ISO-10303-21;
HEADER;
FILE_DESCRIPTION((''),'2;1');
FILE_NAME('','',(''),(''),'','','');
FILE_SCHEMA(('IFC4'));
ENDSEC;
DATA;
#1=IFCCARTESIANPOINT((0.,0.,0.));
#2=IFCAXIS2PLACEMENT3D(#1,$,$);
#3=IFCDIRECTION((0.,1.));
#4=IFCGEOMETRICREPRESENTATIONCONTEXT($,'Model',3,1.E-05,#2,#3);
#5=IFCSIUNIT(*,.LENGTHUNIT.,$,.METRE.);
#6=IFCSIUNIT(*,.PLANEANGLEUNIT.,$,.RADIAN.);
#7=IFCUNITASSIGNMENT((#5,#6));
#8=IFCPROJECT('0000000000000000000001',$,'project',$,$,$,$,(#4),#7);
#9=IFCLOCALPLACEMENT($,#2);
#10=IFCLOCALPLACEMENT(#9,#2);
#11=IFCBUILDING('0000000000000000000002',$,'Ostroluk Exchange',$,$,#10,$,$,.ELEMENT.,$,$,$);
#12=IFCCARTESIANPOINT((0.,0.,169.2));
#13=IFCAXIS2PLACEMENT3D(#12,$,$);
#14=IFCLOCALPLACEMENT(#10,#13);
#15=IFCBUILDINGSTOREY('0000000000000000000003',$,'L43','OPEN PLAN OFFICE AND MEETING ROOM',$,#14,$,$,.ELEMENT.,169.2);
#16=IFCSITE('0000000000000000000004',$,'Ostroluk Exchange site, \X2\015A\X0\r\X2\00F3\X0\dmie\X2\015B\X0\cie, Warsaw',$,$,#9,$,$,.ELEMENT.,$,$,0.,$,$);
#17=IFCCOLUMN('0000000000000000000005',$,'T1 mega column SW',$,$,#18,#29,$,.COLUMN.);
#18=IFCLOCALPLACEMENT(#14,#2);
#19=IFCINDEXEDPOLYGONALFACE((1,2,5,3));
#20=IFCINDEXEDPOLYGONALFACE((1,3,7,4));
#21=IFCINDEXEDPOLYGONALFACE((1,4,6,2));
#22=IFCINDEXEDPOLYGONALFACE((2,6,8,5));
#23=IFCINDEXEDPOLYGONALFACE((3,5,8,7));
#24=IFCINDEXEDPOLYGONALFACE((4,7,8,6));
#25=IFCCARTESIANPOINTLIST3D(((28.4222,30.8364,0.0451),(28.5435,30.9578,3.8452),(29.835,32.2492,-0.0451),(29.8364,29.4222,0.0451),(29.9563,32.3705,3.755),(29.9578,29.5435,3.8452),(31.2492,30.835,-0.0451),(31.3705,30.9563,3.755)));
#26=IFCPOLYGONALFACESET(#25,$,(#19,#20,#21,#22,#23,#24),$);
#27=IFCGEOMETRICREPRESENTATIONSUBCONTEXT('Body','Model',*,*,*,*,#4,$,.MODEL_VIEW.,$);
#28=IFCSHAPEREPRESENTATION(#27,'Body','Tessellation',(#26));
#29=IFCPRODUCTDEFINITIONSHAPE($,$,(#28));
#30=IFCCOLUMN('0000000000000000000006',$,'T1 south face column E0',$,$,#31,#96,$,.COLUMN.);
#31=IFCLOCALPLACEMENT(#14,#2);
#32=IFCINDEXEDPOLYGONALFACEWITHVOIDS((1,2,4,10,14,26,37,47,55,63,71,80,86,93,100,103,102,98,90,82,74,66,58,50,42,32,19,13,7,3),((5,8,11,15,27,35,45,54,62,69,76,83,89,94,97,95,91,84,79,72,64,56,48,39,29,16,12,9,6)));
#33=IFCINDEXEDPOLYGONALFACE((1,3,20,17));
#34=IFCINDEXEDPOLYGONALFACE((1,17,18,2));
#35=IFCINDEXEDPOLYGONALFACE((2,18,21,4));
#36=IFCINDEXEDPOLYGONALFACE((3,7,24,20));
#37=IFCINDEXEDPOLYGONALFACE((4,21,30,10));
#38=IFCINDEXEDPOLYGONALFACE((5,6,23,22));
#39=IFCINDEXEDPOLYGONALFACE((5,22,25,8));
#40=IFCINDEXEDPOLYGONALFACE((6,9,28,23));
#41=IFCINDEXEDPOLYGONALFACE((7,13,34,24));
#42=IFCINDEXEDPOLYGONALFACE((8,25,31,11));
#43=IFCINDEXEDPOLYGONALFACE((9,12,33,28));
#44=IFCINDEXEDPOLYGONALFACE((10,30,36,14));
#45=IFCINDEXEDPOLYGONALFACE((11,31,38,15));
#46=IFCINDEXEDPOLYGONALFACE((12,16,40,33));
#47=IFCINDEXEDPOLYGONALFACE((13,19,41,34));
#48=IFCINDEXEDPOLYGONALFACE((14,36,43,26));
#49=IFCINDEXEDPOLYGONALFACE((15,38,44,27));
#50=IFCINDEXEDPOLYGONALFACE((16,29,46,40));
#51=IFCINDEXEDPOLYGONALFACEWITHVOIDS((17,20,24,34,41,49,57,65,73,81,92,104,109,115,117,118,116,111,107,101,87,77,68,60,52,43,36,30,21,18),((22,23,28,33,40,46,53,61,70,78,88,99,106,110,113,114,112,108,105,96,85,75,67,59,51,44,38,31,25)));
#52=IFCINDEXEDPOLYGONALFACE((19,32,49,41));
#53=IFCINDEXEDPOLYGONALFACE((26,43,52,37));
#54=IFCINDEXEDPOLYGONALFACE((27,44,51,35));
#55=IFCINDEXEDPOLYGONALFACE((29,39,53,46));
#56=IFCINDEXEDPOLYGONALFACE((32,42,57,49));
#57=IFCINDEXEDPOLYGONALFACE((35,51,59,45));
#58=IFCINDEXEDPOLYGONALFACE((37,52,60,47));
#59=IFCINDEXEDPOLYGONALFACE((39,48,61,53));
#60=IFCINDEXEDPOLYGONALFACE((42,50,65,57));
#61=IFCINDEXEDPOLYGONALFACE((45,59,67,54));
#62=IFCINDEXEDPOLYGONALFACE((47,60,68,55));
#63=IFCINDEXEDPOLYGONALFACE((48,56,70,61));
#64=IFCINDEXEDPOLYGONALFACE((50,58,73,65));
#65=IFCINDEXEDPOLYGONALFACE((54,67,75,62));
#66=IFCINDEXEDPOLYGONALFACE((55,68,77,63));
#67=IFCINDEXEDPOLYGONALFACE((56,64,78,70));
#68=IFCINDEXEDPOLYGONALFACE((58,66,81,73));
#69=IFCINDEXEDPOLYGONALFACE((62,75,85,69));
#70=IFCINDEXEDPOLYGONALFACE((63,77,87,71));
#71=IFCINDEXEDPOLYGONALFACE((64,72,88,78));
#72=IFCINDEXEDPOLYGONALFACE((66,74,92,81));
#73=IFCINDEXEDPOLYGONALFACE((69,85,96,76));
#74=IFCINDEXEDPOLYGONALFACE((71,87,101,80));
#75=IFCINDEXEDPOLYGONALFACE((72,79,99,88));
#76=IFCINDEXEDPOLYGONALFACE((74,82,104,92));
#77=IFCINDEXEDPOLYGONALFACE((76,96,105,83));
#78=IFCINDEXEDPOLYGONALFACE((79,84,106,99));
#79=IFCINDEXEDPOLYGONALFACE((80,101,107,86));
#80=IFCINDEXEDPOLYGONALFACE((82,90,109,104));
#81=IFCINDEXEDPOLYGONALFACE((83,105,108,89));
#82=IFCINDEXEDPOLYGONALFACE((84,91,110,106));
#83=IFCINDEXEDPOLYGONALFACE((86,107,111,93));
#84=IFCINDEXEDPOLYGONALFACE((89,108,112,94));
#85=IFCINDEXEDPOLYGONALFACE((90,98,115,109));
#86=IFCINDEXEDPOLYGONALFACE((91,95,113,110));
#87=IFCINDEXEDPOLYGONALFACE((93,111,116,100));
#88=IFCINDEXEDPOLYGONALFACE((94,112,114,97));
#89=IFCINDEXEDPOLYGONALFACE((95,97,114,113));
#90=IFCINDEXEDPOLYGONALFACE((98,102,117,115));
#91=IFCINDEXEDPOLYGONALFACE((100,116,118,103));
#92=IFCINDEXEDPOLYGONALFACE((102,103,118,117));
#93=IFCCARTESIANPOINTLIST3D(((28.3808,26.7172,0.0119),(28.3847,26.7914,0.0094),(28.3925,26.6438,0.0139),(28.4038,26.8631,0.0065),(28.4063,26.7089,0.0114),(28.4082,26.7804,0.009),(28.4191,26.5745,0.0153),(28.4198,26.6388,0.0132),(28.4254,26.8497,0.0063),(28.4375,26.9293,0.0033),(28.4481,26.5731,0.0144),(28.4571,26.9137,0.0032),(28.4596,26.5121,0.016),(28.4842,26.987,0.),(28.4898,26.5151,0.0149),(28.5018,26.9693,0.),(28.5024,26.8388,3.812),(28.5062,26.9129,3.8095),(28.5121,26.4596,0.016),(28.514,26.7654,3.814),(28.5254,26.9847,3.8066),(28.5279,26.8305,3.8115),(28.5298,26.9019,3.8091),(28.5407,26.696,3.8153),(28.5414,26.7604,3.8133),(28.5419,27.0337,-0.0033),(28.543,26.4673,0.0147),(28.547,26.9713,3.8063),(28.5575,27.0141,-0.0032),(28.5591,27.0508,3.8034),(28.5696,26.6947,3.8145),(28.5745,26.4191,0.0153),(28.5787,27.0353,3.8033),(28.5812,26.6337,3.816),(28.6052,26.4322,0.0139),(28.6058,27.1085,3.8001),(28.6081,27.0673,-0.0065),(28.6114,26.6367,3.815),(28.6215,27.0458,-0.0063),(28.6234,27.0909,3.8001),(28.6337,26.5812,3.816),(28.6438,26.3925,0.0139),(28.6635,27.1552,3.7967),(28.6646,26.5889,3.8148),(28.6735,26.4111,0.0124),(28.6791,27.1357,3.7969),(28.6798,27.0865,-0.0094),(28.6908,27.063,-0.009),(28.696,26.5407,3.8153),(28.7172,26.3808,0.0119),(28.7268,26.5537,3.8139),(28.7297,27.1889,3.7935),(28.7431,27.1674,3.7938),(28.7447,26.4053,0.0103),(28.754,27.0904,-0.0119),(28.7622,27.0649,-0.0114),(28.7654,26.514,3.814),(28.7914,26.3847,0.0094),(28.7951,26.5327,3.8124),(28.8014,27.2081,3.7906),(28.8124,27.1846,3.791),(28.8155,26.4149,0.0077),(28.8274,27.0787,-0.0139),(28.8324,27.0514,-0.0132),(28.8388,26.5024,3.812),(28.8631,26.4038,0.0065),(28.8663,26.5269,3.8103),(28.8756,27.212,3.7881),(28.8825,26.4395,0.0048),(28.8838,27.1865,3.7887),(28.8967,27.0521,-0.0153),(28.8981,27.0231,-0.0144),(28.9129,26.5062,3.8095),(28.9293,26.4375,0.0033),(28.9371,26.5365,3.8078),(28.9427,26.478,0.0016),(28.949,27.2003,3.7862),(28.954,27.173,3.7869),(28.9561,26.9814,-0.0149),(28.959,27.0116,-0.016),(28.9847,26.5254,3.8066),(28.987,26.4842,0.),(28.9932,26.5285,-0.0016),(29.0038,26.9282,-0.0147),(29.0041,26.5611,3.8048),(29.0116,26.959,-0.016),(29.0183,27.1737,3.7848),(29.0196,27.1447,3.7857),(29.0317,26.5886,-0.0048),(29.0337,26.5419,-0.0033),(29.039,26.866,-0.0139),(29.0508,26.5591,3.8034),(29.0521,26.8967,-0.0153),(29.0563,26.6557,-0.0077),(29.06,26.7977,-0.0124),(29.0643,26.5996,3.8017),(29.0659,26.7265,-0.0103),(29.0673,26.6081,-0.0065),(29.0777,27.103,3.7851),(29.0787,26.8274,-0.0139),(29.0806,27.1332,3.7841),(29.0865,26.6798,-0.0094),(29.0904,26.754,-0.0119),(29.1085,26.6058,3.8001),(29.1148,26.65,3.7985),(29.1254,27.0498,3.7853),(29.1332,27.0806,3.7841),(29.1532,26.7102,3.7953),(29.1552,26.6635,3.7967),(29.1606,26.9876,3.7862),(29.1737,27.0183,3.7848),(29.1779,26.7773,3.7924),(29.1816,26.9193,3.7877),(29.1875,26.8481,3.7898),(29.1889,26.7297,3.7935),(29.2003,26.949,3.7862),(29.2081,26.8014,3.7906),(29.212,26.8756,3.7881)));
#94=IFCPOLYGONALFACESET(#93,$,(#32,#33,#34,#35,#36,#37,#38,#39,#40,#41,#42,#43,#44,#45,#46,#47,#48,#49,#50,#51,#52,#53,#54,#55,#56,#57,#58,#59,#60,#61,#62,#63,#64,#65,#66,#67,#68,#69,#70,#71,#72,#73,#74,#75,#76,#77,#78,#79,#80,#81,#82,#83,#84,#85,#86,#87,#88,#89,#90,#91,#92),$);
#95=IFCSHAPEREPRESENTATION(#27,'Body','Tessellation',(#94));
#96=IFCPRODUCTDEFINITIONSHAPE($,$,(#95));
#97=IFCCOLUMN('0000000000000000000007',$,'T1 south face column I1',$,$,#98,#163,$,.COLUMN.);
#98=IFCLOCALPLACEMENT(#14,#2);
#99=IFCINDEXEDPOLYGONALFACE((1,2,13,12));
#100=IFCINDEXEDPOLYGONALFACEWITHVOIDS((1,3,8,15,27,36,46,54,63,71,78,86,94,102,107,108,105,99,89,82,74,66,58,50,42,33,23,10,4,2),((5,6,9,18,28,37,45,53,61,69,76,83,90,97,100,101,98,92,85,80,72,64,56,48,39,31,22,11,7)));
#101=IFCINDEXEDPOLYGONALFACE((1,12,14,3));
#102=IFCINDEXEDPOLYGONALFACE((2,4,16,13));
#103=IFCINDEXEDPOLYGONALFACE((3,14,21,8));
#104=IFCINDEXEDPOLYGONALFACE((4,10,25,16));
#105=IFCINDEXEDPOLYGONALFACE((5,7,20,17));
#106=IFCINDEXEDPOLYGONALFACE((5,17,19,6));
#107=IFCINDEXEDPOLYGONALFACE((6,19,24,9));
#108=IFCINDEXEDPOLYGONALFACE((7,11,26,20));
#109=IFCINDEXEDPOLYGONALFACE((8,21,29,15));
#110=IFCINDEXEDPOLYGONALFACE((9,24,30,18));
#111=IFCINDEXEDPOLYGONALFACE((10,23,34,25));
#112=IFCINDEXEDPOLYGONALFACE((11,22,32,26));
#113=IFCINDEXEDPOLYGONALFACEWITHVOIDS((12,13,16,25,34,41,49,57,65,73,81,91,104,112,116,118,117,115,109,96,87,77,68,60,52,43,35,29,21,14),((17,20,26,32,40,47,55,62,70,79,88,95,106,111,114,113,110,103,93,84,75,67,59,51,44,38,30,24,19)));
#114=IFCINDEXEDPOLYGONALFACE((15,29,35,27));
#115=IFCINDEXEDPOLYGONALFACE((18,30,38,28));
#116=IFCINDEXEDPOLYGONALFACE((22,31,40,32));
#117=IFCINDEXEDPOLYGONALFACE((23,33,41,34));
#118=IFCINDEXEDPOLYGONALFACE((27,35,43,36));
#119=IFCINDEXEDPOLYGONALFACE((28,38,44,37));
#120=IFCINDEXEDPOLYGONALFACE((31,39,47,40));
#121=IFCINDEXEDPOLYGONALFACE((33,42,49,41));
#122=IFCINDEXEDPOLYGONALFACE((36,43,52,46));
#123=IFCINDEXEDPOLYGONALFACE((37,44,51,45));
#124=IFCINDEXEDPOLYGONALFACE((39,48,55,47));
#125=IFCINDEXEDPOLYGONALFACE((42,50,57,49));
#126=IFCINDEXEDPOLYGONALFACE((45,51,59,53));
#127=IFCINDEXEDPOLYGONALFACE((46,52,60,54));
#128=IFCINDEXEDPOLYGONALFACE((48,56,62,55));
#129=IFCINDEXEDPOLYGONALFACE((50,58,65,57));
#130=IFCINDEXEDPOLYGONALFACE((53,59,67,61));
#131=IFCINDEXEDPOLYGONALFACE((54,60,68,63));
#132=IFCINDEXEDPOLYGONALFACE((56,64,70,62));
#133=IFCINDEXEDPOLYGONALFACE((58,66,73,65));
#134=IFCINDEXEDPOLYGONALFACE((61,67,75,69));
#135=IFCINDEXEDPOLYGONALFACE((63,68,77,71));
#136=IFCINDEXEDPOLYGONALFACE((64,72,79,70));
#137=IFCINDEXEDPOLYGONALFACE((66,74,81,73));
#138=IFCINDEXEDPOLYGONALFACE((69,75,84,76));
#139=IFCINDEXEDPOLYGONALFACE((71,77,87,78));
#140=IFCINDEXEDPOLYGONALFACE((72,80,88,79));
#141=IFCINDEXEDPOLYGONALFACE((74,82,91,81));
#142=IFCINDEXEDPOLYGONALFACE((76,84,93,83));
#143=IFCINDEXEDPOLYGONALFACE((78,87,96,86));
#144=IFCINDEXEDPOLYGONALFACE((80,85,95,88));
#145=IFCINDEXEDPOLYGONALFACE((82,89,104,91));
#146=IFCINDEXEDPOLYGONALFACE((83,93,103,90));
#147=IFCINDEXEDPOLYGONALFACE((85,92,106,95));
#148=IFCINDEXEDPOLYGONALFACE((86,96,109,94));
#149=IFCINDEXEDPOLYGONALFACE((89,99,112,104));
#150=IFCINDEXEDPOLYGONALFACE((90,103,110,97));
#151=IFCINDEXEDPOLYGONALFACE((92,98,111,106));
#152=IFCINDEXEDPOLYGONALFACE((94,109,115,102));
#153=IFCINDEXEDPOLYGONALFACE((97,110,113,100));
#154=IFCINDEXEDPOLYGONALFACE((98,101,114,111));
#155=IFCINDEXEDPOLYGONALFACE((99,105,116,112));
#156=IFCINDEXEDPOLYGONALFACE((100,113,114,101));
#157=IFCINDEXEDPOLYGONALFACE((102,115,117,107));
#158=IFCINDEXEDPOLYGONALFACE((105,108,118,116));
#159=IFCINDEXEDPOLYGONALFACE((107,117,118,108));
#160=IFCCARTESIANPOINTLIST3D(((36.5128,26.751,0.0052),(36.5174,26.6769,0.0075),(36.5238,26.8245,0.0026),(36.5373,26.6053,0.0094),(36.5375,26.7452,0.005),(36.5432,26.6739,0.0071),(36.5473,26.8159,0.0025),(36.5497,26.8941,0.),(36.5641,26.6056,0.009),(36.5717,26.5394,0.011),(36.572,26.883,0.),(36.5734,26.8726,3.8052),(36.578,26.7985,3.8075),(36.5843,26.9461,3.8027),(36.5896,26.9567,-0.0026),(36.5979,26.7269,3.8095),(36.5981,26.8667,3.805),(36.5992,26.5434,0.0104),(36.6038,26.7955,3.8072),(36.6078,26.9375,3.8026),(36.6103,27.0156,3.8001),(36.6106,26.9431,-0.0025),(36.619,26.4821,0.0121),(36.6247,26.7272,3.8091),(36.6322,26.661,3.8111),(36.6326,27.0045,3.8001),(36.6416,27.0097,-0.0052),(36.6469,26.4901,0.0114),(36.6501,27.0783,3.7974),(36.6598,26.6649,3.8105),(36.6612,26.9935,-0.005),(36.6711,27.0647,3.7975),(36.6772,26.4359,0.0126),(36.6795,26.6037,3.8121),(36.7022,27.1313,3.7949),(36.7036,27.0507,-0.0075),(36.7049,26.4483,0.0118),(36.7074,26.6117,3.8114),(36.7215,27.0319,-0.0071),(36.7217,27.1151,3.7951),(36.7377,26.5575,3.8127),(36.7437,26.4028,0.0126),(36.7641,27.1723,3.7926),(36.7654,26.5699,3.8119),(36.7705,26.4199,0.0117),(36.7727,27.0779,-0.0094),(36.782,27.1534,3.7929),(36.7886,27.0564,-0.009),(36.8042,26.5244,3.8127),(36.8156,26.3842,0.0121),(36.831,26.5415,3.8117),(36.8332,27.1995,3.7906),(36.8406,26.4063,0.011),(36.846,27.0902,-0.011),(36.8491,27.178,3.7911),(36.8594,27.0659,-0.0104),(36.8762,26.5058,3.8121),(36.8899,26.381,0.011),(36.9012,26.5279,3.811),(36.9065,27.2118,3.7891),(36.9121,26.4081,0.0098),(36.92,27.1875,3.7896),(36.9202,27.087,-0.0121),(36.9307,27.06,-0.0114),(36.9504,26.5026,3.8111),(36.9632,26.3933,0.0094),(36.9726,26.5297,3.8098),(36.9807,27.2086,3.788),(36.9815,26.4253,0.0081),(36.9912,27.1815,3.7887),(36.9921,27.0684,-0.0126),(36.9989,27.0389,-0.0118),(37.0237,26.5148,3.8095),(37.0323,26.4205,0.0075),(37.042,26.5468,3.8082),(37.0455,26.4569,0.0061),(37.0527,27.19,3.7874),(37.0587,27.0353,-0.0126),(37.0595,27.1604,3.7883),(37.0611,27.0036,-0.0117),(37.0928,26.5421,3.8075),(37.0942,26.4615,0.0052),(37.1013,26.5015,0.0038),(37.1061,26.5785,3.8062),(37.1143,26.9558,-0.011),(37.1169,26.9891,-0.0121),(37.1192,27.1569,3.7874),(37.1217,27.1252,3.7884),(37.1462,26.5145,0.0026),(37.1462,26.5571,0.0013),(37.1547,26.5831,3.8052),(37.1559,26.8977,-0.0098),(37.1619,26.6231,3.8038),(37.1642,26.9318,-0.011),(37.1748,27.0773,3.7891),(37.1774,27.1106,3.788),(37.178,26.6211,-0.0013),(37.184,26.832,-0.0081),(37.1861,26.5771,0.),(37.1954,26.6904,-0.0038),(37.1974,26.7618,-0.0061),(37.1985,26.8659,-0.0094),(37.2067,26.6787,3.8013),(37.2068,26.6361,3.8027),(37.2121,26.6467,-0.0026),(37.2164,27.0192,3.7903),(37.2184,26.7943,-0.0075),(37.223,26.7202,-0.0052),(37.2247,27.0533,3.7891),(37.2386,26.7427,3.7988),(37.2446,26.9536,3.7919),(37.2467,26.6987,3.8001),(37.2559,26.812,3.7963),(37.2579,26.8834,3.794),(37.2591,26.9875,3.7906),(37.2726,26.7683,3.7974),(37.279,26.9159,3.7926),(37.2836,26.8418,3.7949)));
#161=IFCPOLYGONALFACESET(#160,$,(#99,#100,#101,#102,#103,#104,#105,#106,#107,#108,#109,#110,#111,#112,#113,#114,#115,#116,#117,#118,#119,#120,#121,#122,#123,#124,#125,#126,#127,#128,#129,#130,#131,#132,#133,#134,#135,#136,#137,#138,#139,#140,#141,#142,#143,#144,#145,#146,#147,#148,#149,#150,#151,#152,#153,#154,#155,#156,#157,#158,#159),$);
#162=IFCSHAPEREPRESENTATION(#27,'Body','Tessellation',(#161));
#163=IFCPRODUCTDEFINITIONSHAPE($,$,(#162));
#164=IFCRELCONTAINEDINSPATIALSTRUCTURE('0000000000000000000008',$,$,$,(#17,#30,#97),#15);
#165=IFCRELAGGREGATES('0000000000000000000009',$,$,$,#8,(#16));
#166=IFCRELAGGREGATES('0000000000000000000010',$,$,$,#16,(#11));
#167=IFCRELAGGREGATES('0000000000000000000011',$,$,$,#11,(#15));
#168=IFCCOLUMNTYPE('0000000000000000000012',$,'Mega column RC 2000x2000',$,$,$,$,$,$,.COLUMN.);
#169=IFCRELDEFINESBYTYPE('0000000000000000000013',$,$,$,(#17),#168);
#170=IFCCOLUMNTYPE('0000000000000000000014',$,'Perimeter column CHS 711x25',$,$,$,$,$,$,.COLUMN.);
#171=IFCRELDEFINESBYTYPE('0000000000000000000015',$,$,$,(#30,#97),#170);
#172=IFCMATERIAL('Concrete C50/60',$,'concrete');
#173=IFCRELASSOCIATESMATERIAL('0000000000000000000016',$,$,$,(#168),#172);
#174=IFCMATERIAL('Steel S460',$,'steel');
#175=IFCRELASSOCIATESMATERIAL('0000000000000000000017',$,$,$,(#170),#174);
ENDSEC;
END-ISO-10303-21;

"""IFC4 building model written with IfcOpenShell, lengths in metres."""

from ifc_helpers import new_model, si_unit, direction, frame, origin, origin_2d, place, context, subcontext, project, spatial, rectangle, hollow_circle, extrude, material, material_profile, profile_set, type_object, element, save


model = new_model("IFC4")

# Units and contexts
model_context = context("Model", 3, precision=1e-05, world=origin(), true_north=direction((0.0, 1.0)))
body_context = subcontext(model_context, "Body", "Model", "MODEL_VIEW")
ifc_project = project(units=[si_unit("LENGTHUNIT", "METRE"), si_unit("PLANEANGLEUNIT", "RADIAN")], contexts=[model_context])

# Site, building, storey
site_placement = place(None, origin())
site = spatial("IfcSite", under=ifc_project, at=site_placement, Name="Ostroluk Exchange site, Śródmieście, Warsaw", CompositionType="ELEMENT", RefElevation=0.0)
building_placement = place(site_placement, origin())
building = spatial("IfcBuilding", under=site, at=building_placement, Name="Ostroluk Exchange", CompositionType="ELEMENT")
storey_placement = place(building_placement, frame((0.0, 0.0, 169.2)))
storey = spatial("IfcBuildingStorey", under=building, at=storey_placement, Name="L43", Description="OPEN PLAN OFFICE AND MEETING ROOM", CompositionType="ELEMENT", Elevation=169.2)

# Columns
ifc_material_1 = material(Name="Concrete C50/60", Category="concrete")
ifc_material_profile_1 = material_profile(ifc_material_1, rectangle(XDim=2.0, YDim=2.0, at=origin_2d()), Name="RC 2000x2000")
ifc_profile_set_1 = profile_set([ifc_material_profile_1], Name="Concrete C50/60")
column_type_1 = type_object("IfcColumnType", Name="Mega column RC 2000x2000", PredefinedType="COLUMN", material=ifc_profile_set_1)
column_1_placement = place(storey_placement, frame((29.8357, 30.8357, 0.0), z_axis=(0.031898, 0.031898, 0.998982), x_axis=(-0.707107, 0.707107, 0.0)))
element("IfcColumn", 1, at=column_1_placement, inside=storey, type_object=column_type_1, Name="T1 mega column SW", PredefinedType="COLUMN", context=body_context, shape_type="SweptSolid", body=[
    extrude(rectangle(XDim=2.0, YDim=2.0, at=origin_2d()), origin(), (0.0, 0.0, 1.0), 3.804),
])
ifc_material_2 = material(Name="Steel S460", Category="steel")
ifc_material_profile_2 = material_profile(ifc_material_2, hollow_circle(Radius=0.3555, WallThickness=0.0249, at=origin_2d()), Name="CHS 711x25")
ifc_profile_set_2 = profile_set([ifc_material_profile_2], Name="Steel S460")
column_type_2 = type_object("IfcColumnType", Name="Perimeter column CHS 711x25", PredefinedType="COLUMN", material=ifc_profile_set_2)
column_2_placement = place(storey_placement, frame((28.7356, 26.7356, 0.0), z_axis=(0.031962, 0.031962, 0.998978), x_axis=(-0.707107, 0.707107, 0.0)))
element("IfcColumn", 2, at=column_2_placement, inside=storey, type_object=column_type_2, Name="T1 south face column E0", PredefinedType="COLUMN", context=body_context, shape_type="SweptSolid", body=[
    extrude(hollow_circle(Radius=0.3555, WallThickness=0.0249, at=origin_2d()), origin(), (0.0, 0.0, 1.0), 3.804),
])
column_3_placement = place(storey_placement, frame((36.8679, 26.7356, 0.0), z_axis=(0.015923, 0.031974, 0.999362), x_axis=(-0.895145, 0.445775, 0.0)))
element("IfcColumn", 3, at=column_3_placement, inside=storey, type_object=column_type_2, Name="T1 south face column I1", PredefinedType="COLUMN", context=body_context, shape_type="SweptSolid", body=[
    extrude(hollow_circle(Radius=0.3555, WallThickness=0.0249, at=origin_2d()), origin(), (0.0, 0.0, 1.0), 3.8025),
])

save(model, "model.ifc")
